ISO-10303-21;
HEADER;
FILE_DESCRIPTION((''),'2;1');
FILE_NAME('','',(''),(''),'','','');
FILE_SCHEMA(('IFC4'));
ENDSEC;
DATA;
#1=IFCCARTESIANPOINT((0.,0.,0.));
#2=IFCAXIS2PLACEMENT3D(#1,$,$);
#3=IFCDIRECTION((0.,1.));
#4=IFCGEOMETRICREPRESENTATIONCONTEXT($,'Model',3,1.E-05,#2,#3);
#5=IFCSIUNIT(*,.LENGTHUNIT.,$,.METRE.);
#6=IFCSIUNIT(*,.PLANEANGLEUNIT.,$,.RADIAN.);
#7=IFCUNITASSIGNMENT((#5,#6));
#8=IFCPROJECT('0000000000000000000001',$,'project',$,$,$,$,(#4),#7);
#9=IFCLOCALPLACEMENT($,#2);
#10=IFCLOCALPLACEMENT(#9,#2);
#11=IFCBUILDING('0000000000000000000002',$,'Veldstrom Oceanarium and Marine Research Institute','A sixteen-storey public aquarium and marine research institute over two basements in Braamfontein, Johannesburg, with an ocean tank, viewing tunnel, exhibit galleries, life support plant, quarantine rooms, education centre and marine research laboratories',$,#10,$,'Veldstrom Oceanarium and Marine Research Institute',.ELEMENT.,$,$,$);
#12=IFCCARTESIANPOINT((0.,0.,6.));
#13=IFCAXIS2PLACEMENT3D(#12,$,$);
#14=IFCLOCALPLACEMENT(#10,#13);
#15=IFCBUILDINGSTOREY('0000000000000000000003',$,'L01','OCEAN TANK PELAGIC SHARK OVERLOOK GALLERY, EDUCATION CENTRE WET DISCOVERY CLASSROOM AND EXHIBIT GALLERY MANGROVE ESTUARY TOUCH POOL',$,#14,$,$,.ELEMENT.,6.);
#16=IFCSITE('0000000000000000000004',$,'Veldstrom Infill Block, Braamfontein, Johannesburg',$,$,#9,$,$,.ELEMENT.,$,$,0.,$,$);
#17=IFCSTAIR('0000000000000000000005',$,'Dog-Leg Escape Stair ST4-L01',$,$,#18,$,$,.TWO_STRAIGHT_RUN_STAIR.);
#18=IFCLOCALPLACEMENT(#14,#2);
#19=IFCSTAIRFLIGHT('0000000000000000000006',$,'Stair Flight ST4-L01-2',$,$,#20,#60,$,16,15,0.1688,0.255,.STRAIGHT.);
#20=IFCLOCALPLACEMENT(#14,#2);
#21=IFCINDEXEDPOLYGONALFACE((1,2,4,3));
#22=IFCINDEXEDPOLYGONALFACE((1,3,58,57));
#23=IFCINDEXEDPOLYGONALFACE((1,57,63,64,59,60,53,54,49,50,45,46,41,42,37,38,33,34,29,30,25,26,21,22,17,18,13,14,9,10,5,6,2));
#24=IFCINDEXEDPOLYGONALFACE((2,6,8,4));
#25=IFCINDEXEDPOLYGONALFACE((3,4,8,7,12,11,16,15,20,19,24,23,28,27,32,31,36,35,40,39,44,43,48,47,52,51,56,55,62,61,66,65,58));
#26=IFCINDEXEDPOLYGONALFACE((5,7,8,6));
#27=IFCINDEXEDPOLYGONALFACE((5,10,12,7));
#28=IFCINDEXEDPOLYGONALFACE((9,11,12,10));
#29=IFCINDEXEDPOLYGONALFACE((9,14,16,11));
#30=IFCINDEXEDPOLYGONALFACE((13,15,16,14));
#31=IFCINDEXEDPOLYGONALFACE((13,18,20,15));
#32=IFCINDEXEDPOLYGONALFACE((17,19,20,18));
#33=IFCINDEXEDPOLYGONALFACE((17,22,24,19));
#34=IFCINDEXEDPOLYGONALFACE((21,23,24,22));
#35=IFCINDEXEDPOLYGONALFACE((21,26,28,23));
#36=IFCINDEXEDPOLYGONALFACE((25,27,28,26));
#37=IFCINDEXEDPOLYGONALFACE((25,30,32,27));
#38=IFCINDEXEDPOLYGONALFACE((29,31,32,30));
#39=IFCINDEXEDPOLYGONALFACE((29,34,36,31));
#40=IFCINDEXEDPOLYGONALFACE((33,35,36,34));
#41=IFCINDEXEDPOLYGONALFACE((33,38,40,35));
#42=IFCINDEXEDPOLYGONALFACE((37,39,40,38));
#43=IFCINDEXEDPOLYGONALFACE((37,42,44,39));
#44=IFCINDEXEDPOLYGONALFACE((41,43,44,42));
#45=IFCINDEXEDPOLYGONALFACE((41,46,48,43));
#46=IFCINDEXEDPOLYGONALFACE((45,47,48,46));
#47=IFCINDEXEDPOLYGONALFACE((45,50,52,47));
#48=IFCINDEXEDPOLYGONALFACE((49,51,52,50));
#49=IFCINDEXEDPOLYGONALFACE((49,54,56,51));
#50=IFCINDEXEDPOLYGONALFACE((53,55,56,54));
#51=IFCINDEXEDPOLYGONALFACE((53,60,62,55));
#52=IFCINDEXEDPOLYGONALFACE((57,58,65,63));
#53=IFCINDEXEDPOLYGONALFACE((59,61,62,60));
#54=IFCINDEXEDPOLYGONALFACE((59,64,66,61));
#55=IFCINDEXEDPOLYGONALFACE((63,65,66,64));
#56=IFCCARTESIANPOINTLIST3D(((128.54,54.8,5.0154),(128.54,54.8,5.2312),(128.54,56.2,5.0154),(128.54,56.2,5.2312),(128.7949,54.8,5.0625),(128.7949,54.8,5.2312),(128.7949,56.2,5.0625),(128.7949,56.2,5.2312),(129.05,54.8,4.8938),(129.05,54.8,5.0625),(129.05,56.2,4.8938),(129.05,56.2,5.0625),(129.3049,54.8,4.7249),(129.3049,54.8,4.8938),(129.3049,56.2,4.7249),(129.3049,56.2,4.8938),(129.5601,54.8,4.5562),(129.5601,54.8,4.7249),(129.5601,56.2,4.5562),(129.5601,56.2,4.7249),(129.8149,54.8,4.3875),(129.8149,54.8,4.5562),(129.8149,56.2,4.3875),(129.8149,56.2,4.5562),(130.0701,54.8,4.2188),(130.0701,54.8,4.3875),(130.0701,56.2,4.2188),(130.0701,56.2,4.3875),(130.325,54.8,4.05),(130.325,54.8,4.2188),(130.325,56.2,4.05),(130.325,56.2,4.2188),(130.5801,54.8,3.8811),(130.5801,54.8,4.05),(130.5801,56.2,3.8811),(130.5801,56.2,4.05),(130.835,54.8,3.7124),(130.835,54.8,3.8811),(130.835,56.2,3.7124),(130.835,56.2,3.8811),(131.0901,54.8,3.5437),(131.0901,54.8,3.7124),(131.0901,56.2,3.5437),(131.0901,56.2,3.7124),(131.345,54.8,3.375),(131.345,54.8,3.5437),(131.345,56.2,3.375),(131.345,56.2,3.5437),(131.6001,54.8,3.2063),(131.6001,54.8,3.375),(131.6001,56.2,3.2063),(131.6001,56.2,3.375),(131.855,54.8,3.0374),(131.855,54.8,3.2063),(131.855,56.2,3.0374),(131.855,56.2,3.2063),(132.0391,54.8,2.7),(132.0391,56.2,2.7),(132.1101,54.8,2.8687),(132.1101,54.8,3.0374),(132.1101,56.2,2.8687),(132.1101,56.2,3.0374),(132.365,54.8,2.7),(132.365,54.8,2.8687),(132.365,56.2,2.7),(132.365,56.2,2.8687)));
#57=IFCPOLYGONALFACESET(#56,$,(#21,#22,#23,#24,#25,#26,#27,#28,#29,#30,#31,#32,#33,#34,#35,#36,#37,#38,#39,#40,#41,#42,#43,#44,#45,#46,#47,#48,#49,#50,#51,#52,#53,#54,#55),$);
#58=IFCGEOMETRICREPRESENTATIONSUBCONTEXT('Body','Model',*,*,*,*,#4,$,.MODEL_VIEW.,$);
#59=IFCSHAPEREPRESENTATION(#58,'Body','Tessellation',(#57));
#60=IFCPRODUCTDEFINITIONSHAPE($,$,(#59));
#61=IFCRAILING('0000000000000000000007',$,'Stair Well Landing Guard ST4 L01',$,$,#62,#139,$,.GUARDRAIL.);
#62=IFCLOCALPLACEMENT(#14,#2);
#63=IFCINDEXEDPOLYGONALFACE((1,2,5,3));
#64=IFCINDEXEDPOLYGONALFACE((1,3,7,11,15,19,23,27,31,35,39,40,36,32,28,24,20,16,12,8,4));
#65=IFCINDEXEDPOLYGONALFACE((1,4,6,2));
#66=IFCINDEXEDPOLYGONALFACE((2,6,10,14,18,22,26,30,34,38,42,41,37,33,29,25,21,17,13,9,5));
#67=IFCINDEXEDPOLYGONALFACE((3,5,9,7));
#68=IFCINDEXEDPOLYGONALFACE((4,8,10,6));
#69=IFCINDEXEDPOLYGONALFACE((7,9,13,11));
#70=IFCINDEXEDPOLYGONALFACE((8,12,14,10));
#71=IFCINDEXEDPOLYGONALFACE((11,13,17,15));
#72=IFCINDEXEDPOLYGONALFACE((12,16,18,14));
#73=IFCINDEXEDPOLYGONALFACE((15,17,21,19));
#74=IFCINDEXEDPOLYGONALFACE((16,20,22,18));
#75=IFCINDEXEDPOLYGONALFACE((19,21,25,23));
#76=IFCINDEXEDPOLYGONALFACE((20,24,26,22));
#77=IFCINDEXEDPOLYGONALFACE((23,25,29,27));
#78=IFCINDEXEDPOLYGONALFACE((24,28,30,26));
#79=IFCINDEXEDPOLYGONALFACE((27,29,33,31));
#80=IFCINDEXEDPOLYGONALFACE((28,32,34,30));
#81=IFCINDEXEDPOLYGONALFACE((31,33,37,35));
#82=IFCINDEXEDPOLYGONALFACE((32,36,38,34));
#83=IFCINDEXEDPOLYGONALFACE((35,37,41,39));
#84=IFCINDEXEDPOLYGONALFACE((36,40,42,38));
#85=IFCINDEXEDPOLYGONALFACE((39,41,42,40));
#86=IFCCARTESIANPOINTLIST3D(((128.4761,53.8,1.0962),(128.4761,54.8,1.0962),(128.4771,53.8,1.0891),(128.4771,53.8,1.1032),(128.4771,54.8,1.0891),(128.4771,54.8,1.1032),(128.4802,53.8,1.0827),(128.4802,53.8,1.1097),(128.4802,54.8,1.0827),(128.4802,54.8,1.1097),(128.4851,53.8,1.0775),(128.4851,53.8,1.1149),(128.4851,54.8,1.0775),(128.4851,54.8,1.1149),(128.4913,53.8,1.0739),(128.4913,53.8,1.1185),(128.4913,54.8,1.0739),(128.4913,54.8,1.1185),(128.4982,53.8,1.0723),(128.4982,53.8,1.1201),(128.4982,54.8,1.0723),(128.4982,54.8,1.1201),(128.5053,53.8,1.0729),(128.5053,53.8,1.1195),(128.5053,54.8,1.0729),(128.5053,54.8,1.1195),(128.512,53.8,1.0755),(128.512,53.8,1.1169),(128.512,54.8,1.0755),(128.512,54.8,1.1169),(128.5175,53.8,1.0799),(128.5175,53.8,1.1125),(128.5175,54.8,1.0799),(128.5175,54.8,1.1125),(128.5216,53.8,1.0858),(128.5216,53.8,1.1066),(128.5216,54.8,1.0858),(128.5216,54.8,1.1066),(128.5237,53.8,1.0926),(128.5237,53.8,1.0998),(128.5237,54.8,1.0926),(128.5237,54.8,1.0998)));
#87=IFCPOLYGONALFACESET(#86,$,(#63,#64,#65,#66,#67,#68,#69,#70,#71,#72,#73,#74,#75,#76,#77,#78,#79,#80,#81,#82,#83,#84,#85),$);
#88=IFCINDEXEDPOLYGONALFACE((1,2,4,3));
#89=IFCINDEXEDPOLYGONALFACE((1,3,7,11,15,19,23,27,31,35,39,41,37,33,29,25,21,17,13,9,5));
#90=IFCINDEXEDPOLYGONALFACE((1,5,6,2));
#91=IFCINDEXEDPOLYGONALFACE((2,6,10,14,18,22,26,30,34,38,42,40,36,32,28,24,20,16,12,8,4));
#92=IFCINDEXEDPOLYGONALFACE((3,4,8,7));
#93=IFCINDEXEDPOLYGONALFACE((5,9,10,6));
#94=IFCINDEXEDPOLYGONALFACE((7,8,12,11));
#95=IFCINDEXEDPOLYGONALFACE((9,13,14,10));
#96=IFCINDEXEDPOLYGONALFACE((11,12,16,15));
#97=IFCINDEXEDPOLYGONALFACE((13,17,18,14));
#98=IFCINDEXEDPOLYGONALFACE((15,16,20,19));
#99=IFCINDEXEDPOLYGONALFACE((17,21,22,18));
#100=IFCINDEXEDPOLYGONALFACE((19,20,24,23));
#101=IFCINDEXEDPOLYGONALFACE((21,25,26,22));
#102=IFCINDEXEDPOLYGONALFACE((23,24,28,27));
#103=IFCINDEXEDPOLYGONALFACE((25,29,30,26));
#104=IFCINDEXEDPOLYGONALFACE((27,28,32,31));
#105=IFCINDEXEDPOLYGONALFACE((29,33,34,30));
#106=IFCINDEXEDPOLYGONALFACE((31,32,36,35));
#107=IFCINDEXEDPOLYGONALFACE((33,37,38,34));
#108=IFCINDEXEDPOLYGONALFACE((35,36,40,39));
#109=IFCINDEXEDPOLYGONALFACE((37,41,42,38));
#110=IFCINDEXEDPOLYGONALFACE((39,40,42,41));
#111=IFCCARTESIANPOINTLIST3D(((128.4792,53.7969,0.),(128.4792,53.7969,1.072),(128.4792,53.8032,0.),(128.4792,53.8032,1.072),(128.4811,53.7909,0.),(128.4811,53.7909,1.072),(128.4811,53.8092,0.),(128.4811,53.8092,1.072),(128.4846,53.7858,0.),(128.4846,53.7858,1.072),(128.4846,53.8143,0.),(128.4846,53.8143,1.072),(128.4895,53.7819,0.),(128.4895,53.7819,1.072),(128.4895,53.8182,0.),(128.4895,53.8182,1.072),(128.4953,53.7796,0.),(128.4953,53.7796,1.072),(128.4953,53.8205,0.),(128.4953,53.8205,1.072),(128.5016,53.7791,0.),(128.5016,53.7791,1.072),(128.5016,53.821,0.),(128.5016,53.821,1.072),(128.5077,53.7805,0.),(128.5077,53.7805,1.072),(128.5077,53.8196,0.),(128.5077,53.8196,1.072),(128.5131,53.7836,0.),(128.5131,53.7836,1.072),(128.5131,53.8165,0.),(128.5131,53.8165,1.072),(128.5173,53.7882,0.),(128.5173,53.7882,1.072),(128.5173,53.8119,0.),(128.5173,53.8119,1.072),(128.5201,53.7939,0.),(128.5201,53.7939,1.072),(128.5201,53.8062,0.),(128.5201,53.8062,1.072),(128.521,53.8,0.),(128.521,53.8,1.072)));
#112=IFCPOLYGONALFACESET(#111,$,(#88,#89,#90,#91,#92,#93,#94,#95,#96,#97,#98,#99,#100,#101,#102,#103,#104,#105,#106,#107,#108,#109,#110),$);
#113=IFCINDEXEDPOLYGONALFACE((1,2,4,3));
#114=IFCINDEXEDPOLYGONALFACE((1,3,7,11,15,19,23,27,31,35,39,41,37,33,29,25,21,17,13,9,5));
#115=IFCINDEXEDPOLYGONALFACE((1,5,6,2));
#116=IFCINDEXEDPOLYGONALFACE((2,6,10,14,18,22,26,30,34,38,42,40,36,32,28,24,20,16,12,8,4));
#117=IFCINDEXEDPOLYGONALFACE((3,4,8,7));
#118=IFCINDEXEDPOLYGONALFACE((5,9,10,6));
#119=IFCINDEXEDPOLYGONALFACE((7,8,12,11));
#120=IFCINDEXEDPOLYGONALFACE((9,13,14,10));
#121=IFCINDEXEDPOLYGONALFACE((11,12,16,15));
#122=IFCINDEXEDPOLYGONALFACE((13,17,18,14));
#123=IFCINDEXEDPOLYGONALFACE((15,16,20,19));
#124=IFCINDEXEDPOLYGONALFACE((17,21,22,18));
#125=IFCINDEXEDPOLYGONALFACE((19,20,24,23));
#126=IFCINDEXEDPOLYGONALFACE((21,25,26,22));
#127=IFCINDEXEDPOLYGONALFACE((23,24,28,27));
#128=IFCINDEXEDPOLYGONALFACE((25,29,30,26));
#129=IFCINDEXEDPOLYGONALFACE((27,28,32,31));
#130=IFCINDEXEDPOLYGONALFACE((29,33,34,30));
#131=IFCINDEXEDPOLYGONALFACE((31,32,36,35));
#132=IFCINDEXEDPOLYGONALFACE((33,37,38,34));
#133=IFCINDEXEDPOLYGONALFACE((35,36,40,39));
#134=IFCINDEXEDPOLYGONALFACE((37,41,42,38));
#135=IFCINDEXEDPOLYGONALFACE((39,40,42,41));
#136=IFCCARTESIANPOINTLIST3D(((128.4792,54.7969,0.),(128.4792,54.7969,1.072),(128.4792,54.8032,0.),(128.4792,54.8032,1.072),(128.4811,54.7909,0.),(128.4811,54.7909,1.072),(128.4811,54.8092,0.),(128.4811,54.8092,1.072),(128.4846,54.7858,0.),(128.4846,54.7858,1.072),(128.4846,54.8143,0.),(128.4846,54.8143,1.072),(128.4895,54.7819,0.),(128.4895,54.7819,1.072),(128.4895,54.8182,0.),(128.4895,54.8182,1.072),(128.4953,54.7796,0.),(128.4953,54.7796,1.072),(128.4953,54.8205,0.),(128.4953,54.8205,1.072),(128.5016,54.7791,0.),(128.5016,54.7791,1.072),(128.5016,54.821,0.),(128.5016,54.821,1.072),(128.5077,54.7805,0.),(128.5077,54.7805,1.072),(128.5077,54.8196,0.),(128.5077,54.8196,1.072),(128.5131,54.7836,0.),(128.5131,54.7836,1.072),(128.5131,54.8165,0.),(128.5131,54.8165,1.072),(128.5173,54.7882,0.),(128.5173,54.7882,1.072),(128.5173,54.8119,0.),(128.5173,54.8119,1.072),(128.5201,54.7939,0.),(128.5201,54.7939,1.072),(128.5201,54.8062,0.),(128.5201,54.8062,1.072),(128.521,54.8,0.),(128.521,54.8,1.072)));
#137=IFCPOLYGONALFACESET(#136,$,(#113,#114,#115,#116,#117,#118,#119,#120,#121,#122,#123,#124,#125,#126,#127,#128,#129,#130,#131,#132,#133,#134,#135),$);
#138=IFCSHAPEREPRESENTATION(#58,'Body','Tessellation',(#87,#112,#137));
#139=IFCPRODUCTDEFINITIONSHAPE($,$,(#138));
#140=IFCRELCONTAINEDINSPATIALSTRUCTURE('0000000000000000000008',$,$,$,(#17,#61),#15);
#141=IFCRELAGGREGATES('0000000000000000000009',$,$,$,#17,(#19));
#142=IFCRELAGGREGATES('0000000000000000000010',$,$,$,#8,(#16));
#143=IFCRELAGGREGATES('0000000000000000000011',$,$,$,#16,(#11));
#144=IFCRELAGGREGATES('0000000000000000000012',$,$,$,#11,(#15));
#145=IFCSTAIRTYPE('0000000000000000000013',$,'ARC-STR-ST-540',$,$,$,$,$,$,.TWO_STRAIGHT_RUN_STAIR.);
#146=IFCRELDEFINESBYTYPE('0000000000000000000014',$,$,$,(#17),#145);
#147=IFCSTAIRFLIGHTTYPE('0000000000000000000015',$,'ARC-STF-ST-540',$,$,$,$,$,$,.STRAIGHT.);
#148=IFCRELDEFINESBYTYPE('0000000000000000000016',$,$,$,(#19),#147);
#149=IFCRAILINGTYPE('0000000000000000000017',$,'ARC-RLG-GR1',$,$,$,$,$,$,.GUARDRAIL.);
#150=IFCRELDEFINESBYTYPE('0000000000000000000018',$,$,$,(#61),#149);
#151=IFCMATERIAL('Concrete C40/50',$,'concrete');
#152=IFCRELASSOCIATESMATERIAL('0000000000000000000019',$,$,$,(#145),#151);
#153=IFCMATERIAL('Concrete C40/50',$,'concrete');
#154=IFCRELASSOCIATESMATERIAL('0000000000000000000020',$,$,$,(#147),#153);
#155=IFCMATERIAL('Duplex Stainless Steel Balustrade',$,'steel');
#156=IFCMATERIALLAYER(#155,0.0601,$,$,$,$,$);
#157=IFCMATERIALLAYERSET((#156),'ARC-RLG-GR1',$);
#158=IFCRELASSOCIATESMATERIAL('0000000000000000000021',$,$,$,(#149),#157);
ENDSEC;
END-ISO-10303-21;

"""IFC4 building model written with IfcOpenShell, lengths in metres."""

from ifc_helpers import new_model, si_unit, direction, frame, origin, origin_2d, place, context, subcontext, project, spatial, polyline, circle, outline, extrude, material, layer, layer_set, type_object, element, aggregate, save


model = new_model("IFC4")

# Units and contexts
model_context = context("Model", 3, precision=1e-05, world=origin(), true_north=direction((0.0, 1.0)))
body_context = subcontext(model_context, "Body", "Model", "MODEL_VIEW")
ifc_project = project(units=[si_unit("LENGTHUNIT", "METRE"), si_unit("PLANEANGLEUNIT", "RADIAN")], contexts=[model_context])

# Site, building, storey
site_placement = place(None, origin())
site = spatial("IfcSite", under=ifc_project, at=site_placement, Name="Veldstrom Infill Block, Braamfontein, Johannesburg", CompositionType="ELEMENT", RefElevation=0.0)
building_placement = place(site_placement, origin())
building = spatial("IfcBuilding", under=site, at=building_placement, Name="Veldstrom Oceanarium and Marine Research Institute", Description="A sixteen-storey public aquarium and marine research institute over two basements in Braamfontein, Johannesburg, with an ocean tank, viewing tunnel, exhibit galleries, life support plant, quarantine rooms, education centre and marine research laboratories", LongName="Veldstrom Oceanarium and Marine Research Institute", CompositionType="ELEMENT")
storey_placement = place(building_placement, frame((0.0, 0.0, 6.0)))
storey = spatial("IfcBuildingStorey", under=building, at=storey_placement, Name="L01", Description="OCEAN TANK PELAGIC SHARK OVERLOOK GALLERY, EDUCATION CENTRE WET DISCOVERY CLASSROOM AND EXHIBIT GALLERY MANGROVE ESTUARY TOUCH POOL", CompositionType="ELEMENT", Elevation=6.0)

# Stair, stair flight
ifc_material_1 = material(Name="Concrete C40/50", Category="concrete")
stair_type = type_object("IfcStairType", Name="ARC-STR-ST-540", PredefinedType="TWO_STRAIGHT_RUN_STAIR", material=ifc_material_1)
stair_placement = place(storey_placement, origin())
stair = element("IfcStair", 1, at=stair_placement, inside=storey, type_object=stair_type, Name="Dog-Leg Escape Stair ST4-L01", PredefinedType="TWO_STRAIGHT_RUN_STAIR")
ifc_material_2 = material(Name="Concrete C40/50", Category="concrete")
stair_flight_type = type_object("IfcStairFlightType", Name="ARC-STF-ST-540", PredefinedType="STRAIGHT", material=ifc_material_2)
stair_flight_placement = place(storey_placement, frame((132.365, 55.5, 2.7), z_axis=(0.0, 0.0, 1.0), x_axis=(-1.0, 0.0, 0.0)))
stair_flight = element("IfcStairFlight", 2, at=stair_flight_placement, type_object=stair_flight_type, Name="Stair Flight ST4-L01-2", NumberOfRisers=16, NumberOfTreads=15, PredefinedType="STRAIGHT", RiserHeight=0.1688, TreadLength=0.255, context=body_context, shape_type="SweptSolid", body=[
    extrude(outline(polyline([(0.0, 0.0), (0.0, 0.1687), (0.2549, 0.1687), (0.2549, 0.3374), (0.51, 0.3374), (0.51, 0.5063), (0.7649, 0.5063), (0.7649, 0.675), (1.02, 0.675), (1.02, 0.8438), (1.2749, 0.8438), (1.2749, 1.0125), (1.53, 1.0125), (1.53, 1.1812), (1.7849, 1.1812), (1.7849, 1.3501), (2.04, 1.3501), (2.04, 1.5188), (2.2949, 1.5188), (2.2949, 1.6875), (2.55, 1.6875), (2.55, 1.8562), (2.8049, 1.8562), (2.8049, 2.0249), (3.0601, 2.0249), (3.0601, 2.1938), (3.3149, 2.1938), (3.3149, 2.3625), (3.5701, 2.3625), (3.5701, 2.5312), (3.825, 2.5312), (3.825, 2.7), (3.825, 2.3154), (0.3259, 0.0), (0.0, 0.0)])), frame((0.0, 0.7, 0.0), z_axis=(0.0, -1.0, 0.0), x_axis=(1.0, 0.0, 0.0)), (0.0, 0.0, 1.0), 1.3999),
])
aggregate(stair, [stair_flight])

# Railing
ifc_material_3 = material(Name="Duplex Stainless Steel Balustrade", Category="steel")
ifc_layer_1 = layer(ifc_material_3, 0.0601)
ifc_layer_set_1 = layer_set([ifc_layer_1], Name="ARC-RLG-GR1")
railing_type_1 = type_object("IfcRailingType", Name="ARC-RLG-GR1", PredefinedType="GUARDRAIL", material=ifc_layer_set_1)
railing_1_placement = place(storey_placement, frame((128.5, 53.8, 0.0)))
element("IfcRailing", 3, at=railing_1_placement, inside=storey, type_object=railing_type_1, Name="Stair Well Landing Guard ST4 L01", PredefinedType="GUARDRAIL", context=body_context, shape_type="SweptSolid", body=[
    extrude(circle(Radius=0.0239, at=origin_2d()), frame((0.0, 0.0, 1.0962), z_axis=(0.0, 1.0, 0.0), x_axis=(-1.0, 0.0, 0.0)), (0.0, 0.0, 1.0), 1.0),
    extrude(circle(Radius=0.021, at=origin_2d()), origin(), (0.0, 0.0, 1.0), 1.072),
    extrude(circle(Radius=0.021, at=origin_2d()), frame((0.0, 1.0, 0.0)), (0.0, 0.0, 1.0), 1.072),
])

save(model, "model.ifc")
